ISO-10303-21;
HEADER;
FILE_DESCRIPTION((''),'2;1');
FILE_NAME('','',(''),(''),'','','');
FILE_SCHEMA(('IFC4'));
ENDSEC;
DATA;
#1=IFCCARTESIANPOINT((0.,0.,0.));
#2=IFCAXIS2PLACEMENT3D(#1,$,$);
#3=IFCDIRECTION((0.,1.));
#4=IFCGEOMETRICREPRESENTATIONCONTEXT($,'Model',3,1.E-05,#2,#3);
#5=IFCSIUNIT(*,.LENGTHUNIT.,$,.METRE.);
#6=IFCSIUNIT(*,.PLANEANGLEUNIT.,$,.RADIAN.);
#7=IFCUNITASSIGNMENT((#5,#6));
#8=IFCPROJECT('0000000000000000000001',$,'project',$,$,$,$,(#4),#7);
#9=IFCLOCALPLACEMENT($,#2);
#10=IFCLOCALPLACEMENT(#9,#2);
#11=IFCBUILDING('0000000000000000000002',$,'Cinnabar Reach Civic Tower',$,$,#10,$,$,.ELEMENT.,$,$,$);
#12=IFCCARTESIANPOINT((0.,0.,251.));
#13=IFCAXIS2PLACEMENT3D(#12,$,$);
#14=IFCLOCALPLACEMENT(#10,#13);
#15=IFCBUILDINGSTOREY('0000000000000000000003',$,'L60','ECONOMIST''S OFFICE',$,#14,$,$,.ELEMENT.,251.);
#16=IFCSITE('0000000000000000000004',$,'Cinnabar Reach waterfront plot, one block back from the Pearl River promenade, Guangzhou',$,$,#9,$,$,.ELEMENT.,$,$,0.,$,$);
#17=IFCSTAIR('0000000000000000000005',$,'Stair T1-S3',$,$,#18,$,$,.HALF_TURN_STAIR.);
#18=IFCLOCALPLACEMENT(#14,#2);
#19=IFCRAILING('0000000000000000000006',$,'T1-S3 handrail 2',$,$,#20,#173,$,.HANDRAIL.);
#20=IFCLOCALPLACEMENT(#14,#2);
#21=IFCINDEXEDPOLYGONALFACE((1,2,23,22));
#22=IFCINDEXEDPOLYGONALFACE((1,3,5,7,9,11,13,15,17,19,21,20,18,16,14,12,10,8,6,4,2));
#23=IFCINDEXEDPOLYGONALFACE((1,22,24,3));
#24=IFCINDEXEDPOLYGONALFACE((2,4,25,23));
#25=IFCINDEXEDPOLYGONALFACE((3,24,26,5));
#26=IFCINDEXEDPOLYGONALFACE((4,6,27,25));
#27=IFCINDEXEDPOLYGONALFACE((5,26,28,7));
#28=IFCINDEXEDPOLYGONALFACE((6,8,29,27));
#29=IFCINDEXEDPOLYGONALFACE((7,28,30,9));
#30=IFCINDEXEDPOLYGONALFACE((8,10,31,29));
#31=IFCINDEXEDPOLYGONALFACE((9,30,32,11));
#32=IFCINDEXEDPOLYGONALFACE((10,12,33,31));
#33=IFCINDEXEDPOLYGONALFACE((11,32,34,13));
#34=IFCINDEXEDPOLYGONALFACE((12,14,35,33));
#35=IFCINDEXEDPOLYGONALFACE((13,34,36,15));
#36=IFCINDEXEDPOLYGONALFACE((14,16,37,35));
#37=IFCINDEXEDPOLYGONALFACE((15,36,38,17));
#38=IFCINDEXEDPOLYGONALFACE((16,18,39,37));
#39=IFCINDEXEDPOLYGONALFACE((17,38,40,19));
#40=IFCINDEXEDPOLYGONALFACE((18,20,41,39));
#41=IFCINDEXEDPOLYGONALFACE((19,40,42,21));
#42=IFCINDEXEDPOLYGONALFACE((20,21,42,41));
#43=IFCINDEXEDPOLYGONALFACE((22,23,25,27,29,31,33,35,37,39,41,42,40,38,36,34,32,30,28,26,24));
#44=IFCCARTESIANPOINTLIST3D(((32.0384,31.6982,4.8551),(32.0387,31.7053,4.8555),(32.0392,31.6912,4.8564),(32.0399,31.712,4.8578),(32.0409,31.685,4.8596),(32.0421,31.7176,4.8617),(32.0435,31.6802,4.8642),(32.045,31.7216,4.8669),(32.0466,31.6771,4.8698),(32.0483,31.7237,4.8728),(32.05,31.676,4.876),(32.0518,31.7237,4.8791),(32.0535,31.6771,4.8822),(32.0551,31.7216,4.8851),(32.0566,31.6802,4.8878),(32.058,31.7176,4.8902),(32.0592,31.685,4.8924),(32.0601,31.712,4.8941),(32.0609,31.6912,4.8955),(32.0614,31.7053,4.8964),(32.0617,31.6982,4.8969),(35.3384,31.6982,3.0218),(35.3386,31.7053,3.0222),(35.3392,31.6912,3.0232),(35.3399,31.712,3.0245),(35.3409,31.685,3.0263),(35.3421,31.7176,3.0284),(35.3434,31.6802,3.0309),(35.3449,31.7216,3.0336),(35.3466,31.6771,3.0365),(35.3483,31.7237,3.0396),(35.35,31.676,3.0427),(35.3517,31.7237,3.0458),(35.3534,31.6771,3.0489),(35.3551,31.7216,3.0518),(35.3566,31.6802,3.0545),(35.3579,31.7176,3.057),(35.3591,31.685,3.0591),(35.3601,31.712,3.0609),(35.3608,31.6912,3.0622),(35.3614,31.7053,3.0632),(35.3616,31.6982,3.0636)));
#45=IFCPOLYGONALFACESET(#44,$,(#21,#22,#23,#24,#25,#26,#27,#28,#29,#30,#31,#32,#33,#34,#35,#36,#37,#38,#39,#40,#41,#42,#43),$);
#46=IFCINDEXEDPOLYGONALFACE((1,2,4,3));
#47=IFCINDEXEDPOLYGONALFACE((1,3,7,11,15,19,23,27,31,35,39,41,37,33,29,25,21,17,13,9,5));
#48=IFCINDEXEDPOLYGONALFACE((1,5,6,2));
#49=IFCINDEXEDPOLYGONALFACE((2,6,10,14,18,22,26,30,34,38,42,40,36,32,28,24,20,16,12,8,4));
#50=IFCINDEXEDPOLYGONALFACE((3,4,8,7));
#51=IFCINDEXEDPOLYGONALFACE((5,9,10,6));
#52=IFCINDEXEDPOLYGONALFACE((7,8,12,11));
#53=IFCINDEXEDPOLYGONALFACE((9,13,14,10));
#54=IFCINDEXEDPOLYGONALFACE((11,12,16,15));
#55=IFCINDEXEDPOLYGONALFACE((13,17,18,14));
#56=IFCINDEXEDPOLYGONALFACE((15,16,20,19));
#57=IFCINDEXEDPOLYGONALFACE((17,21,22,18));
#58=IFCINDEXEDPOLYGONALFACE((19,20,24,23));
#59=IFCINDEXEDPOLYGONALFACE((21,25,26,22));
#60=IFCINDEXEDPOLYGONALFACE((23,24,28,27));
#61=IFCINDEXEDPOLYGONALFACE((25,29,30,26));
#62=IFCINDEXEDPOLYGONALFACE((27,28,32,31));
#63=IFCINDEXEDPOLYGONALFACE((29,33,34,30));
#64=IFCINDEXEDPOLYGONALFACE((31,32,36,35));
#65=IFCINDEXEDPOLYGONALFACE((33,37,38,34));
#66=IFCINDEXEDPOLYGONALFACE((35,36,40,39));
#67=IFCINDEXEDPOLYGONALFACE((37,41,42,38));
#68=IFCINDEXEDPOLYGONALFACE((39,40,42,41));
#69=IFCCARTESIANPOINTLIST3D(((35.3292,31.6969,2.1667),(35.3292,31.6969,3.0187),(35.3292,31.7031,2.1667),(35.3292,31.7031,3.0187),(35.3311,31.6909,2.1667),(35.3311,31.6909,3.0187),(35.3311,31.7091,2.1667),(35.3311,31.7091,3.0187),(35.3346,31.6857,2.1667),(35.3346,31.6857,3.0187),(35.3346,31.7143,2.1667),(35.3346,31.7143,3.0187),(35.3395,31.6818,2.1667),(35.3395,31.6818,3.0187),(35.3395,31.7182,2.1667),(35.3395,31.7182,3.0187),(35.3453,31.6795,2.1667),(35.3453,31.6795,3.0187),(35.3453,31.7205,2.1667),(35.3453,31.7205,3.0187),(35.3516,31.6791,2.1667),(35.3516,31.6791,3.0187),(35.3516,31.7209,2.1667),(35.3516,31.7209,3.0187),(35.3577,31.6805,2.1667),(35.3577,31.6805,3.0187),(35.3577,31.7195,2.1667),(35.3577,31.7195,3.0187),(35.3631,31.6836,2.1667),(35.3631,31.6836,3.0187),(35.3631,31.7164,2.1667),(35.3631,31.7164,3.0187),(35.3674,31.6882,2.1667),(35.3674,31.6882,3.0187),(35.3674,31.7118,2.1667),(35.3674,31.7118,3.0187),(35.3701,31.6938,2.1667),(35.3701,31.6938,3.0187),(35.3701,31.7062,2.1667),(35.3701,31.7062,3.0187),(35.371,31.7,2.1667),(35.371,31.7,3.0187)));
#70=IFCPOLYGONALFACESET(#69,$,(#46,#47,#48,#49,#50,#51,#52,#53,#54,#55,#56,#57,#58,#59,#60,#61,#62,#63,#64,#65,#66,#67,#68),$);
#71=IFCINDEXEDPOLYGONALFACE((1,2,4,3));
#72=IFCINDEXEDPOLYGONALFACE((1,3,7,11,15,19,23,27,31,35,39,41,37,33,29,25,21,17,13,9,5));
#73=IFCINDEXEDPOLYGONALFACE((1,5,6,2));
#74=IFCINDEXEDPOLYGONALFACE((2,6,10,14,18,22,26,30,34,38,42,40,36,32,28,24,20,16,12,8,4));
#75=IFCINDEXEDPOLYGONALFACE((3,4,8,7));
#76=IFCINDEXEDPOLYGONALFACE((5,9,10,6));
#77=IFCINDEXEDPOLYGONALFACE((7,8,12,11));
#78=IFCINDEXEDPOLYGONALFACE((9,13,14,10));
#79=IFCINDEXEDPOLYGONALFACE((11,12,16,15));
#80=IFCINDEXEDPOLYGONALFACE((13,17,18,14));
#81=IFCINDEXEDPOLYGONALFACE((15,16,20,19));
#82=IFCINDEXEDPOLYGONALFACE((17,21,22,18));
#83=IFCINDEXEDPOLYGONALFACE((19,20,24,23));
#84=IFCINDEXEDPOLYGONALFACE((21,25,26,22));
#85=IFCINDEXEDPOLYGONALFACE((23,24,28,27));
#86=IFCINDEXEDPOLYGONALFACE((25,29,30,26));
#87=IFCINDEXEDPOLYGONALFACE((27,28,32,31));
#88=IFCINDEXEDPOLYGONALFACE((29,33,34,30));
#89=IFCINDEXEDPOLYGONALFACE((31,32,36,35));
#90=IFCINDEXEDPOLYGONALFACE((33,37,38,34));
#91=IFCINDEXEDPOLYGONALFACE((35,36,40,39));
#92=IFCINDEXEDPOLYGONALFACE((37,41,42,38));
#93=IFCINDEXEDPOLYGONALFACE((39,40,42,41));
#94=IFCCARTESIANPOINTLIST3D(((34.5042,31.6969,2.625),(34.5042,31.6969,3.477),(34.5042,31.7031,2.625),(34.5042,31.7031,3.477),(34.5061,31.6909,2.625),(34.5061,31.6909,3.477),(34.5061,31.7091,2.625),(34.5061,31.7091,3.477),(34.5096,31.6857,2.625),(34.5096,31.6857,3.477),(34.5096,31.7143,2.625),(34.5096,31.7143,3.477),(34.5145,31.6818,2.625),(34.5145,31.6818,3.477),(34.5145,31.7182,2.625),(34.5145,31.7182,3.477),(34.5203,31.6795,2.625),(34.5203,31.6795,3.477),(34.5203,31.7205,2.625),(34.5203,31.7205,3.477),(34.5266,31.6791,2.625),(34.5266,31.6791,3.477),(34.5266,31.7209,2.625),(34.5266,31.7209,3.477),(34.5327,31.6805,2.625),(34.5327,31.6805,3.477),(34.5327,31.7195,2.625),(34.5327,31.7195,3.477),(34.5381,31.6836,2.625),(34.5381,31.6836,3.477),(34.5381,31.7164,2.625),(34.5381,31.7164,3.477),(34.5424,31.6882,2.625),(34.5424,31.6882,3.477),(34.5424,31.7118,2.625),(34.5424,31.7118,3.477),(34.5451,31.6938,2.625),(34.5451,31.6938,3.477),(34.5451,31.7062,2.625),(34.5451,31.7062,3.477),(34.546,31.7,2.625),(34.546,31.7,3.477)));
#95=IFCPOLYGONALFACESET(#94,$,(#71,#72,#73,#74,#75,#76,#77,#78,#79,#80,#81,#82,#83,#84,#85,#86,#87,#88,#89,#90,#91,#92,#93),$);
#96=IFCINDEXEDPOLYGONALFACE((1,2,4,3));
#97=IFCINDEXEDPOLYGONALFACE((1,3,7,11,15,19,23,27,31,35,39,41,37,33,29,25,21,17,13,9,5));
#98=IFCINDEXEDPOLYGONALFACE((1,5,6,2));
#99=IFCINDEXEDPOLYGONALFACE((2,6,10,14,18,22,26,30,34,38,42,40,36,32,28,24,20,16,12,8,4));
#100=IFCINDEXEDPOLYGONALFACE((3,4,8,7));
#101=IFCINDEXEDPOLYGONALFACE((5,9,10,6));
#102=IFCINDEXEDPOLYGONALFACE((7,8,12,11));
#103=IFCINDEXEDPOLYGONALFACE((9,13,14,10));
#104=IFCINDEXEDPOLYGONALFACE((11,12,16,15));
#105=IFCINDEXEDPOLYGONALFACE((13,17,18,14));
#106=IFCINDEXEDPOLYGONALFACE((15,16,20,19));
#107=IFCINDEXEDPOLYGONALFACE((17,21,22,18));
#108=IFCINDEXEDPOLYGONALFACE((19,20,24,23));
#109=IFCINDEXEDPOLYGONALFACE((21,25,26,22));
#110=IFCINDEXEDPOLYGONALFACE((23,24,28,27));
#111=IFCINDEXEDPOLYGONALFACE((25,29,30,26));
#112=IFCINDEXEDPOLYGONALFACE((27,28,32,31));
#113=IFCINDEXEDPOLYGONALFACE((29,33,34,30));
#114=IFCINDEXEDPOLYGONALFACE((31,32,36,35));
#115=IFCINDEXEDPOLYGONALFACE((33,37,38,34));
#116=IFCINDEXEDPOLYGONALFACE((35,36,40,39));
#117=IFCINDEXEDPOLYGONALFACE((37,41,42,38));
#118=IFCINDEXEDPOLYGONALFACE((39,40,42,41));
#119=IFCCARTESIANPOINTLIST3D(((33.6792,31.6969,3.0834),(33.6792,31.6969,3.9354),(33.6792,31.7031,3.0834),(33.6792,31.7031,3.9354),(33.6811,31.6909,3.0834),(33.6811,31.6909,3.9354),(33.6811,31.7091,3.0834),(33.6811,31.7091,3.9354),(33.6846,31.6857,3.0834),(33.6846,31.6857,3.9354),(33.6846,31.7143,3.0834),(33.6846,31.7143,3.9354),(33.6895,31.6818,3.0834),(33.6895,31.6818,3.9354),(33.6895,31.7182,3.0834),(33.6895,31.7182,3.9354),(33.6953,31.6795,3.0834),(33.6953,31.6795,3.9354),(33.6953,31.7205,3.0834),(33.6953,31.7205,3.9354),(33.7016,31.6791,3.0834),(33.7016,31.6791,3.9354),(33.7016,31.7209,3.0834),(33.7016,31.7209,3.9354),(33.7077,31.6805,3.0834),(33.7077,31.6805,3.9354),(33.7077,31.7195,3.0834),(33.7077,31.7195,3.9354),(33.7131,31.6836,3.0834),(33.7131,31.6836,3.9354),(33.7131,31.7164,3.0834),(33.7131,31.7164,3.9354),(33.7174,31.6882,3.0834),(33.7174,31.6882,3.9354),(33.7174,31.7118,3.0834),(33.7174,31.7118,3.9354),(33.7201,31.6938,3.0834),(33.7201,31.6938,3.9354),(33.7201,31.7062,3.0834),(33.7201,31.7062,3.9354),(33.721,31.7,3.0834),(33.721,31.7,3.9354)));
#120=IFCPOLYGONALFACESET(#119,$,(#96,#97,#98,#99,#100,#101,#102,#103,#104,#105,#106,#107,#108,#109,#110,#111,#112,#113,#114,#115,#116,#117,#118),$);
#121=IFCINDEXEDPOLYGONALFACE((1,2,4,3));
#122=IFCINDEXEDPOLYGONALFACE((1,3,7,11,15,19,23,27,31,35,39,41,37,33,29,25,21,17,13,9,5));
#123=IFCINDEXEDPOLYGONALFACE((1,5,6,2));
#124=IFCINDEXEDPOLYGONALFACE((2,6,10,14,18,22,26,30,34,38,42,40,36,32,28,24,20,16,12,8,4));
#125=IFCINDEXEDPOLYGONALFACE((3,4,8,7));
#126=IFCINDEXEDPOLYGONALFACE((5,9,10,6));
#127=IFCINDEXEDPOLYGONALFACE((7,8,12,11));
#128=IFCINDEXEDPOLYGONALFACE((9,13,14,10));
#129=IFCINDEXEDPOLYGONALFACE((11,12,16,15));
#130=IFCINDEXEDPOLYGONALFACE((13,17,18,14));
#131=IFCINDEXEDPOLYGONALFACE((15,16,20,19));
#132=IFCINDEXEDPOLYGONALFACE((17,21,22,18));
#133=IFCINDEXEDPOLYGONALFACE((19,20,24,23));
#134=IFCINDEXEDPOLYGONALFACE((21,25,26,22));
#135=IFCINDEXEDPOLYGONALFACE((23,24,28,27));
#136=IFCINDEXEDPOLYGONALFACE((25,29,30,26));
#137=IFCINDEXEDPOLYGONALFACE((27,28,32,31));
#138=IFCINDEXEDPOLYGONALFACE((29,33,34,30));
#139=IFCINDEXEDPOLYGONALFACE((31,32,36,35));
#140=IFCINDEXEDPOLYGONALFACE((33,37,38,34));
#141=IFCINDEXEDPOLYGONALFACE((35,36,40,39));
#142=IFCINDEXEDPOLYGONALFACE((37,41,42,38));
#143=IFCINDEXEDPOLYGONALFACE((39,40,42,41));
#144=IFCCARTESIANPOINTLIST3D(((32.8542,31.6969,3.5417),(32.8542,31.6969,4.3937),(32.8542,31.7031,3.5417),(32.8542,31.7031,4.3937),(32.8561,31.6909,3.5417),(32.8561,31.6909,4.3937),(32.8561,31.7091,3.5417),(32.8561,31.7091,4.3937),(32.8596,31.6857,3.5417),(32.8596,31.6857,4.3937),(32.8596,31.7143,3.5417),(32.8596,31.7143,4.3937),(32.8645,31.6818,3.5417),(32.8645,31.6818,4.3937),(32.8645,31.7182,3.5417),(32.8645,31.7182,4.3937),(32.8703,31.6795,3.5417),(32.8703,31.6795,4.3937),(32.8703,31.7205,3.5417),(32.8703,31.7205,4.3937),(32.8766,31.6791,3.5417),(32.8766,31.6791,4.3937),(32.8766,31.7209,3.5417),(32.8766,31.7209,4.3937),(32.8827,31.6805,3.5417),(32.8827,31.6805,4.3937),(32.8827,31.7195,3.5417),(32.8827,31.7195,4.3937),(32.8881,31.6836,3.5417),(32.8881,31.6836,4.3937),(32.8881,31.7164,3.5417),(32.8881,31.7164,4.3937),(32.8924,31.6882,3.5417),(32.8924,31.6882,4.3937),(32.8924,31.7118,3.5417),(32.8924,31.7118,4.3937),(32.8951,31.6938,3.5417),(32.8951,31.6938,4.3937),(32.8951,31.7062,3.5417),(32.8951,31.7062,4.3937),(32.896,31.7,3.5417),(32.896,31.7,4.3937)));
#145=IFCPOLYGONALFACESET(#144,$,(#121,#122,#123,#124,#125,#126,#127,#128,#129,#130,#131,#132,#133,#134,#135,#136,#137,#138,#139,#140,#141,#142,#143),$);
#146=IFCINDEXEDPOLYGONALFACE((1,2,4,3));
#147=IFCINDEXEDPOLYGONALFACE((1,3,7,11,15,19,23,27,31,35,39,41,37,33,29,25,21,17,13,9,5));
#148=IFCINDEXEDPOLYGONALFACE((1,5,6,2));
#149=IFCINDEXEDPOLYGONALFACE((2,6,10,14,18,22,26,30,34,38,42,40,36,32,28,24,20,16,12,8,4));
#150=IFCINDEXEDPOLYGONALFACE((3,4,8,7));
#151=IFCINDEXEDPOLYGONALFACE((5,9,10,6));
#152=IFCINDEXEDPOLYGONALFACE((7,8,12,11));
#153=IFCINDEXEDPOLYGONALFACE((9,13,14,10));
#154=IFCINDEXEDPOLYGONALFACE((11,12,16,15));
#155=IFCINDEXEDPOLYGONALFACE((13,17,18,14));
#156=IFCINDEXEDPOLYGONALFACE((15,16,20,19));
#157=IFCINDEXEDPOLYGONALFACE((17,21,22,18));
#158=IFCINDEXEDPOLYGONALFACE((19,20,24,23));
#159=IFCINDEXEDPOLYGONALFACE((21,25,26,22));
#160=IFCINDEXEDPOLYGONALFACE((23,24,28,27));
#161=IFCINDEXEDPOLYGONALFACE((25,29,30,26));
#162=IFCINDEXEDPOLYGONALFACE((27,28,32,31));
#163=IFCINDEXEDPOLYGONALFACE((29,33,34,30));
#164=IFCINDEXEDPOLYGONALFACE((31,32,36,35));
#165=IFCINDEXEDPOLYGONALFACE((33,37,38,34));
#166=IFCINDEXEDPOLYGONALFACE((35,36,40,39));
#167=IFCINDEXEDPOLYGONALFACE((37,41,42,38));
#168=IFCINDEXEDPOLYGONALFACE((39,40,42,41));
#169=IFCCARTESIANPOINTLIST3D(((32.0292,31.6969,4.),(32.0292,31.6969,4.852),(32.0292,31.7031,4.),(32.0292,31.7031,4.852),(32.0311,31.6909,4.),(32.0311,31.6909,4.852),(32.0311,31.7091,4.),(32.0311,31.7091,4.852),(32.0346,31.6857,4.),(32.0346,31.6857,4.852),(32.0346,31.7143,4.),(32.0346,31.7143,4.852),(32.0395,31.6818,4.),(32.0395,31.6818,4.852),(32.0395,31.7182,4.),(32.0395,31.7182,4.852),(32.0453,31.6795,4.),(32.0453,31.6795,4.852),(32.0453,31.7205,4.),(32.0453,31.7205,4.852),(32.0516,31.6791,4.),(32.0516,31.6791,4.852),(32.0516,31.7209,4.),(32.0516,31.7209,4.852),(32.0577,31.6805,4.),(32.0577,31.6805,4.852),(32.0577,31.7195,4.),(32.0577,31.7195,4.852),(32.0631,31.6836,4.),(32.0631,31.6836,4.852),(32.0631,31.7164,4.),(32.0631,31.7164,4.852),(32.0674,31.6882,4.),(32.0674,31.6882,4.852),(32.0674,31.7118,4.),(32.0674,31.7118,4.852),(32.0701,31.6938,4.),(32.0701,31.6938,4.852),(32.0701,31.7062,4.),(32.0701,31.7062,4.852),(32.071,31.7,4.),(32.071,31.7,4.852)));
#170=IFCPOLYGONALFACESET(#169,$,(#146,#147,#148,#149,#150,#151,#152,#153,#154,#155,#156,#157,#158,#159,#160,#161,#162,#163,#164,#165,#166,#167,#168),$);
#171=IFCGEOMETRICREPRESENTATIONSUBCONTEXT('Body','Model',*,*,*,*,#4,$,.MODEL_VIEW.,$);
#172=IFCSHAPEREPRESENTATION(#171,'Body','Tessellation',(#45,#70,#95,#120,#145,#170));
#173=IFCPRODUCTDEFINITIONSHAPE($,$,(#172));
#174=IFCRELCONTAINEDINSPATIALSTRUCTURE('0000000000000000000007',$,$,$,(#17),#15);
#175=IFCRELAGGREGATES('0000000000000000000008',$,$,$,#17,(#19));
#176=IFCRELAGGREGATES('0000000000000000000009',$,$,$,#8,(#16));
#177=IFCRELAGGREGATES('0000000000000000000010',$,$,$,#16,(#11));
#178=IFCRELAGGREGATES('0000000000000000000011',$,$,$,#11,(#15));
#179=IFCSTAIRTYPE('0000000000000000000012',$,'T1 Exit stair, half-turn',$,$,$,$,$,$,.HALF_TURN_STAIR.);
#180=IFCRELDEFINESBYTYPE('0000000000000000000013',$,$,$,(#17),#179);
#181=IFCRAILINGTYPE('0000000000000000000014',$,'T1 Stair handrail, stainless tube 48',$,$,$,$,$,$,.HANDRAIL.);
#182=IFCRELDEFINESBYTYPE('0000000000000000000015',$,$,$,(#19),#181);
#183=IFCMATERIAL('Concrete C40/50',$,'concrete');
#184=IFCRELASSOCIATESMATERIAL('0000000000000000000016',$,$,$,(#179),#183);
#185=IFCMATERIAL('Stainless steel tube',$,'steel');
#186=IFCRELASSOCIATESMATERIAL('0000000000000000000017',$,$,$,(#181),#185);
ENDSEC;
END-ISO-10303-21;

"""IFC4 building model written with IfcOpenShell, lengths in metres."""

from ifc_helpers import new_model, si_unit, direction, frame, origin, origin_2d, place, context, subcontext, project, spatial, circle, extrude, material, type_object, element, aggregate, save


model = new_model("IFC4")

# Units and contexts
model_context = context("Model", 3, precision=1e-05, world=origin(), true_north=direction((0.0, 1.0)))
body_context = subcontext(model_context, "Body", "Model", "MODEL_VIEW")
ifc_project = project(units=[si_unit("LENGTHUNIT", "METRE"), si_unit("PLANEANGLEUNIT", "RADIAN")], contexts=[model_context])

# Site, building, storey
site_placement = place(None, origin())
site = spatial("IfcSite", under=ifc_project, at=site_placement, Name="Cinnabar Reach waterfront plot, one block back from the Pearl River promenade, Guangzhou", CompositionType="ELEMENT", RefElevation=0.0)
building_placement = place(site_placement, origin())
building = spatial("IfcBuilding", under=site, at=building_placement, Name="Cinnabar Reach Civic Tower", CompositionType="ELEMENT")
storey_placement = place(building_placement, frame((0.0, 0.0, 251.0)))
storey = spatial("IfcBuildingStorey", under=building, at=storey_placement, Name="L60", Description="ECONOMIST'S OFFICE", CompositionType="ELEMENT", Elevation=251.0)

# Stair, railing
ifc_material_1 = material(Name="Concrete C40/50", Category="concrete")
stair_type = type_object("IfcStairType", Name="T1 Exit stair, half-turn", PredefinedType="HALF_TURN_STAIR", material=ifc_material_1)
stair_placement = place(storey_placement, origin())
stair = element("IfcStair", 1, at=stair_placement, inside=storey, type_object=stair_type, Name="Stair T1-S3", PredefinedType="HALF_TURN_STAIR")
ifc_material_2 = material(Name="Stainless steel tube", Category="steel")
railing_type = type_object("IfcRailingType", Name="T1 Stair handrail, stainless tube 48", PredefinedType="HANDRAIL", material=ifc_material_2)
railing_1_placement = place(storey_placement, frame((35.35, 31.7, 2.1667)))
railing_1 = element("IfcRailing", 2, at=railing_1_placement, type_object=railing_type, Name="T1-S3 handrail 2", PredefinedType="HANDRAIL", context=body_context, shape_type="SweptSolid", body=[
    extrude(circle(Radius=0.024, at=origin_2d()), frame((0.0, 0.0, 0.876), z_axis=(-0.874161, 0.0, 0.485636), x_axis=(0.0, -1.0, 0.0)), (0.0, 0.0, 1.0), 3.775),
    extrude(circle(Radius=0.021, at=origin_2d()), origin(), (0.0, 0.0, 1.0), 0.852),
    extrude(circle(Radius=0.021, at=origin_2d()), frame((-0.825, 0.0, 0.4583)), (0.0, 0.0, 1.0), 0.852),
    extrude(circle(Radius=0.021, at=origin_2d()), frame((-1.65, 0.0, 0.9167)), (0.0, 0.0, 1.0), 0.852),
    extrude(circle(Radius=0.021, at=origin_2d()), frame((-2.475, 0.0, 1.375)), (0.0, 0.0, 1.0), 0.852),
    extrude(circle(Radius=0.021, at=origin_2d()), frame((-3.3, 0.0, 1.8333)), (0.0, 0.0, 1.0), 0.852),
])
aggregate(stair, [railing_1])

save(model, "model.ifc")
